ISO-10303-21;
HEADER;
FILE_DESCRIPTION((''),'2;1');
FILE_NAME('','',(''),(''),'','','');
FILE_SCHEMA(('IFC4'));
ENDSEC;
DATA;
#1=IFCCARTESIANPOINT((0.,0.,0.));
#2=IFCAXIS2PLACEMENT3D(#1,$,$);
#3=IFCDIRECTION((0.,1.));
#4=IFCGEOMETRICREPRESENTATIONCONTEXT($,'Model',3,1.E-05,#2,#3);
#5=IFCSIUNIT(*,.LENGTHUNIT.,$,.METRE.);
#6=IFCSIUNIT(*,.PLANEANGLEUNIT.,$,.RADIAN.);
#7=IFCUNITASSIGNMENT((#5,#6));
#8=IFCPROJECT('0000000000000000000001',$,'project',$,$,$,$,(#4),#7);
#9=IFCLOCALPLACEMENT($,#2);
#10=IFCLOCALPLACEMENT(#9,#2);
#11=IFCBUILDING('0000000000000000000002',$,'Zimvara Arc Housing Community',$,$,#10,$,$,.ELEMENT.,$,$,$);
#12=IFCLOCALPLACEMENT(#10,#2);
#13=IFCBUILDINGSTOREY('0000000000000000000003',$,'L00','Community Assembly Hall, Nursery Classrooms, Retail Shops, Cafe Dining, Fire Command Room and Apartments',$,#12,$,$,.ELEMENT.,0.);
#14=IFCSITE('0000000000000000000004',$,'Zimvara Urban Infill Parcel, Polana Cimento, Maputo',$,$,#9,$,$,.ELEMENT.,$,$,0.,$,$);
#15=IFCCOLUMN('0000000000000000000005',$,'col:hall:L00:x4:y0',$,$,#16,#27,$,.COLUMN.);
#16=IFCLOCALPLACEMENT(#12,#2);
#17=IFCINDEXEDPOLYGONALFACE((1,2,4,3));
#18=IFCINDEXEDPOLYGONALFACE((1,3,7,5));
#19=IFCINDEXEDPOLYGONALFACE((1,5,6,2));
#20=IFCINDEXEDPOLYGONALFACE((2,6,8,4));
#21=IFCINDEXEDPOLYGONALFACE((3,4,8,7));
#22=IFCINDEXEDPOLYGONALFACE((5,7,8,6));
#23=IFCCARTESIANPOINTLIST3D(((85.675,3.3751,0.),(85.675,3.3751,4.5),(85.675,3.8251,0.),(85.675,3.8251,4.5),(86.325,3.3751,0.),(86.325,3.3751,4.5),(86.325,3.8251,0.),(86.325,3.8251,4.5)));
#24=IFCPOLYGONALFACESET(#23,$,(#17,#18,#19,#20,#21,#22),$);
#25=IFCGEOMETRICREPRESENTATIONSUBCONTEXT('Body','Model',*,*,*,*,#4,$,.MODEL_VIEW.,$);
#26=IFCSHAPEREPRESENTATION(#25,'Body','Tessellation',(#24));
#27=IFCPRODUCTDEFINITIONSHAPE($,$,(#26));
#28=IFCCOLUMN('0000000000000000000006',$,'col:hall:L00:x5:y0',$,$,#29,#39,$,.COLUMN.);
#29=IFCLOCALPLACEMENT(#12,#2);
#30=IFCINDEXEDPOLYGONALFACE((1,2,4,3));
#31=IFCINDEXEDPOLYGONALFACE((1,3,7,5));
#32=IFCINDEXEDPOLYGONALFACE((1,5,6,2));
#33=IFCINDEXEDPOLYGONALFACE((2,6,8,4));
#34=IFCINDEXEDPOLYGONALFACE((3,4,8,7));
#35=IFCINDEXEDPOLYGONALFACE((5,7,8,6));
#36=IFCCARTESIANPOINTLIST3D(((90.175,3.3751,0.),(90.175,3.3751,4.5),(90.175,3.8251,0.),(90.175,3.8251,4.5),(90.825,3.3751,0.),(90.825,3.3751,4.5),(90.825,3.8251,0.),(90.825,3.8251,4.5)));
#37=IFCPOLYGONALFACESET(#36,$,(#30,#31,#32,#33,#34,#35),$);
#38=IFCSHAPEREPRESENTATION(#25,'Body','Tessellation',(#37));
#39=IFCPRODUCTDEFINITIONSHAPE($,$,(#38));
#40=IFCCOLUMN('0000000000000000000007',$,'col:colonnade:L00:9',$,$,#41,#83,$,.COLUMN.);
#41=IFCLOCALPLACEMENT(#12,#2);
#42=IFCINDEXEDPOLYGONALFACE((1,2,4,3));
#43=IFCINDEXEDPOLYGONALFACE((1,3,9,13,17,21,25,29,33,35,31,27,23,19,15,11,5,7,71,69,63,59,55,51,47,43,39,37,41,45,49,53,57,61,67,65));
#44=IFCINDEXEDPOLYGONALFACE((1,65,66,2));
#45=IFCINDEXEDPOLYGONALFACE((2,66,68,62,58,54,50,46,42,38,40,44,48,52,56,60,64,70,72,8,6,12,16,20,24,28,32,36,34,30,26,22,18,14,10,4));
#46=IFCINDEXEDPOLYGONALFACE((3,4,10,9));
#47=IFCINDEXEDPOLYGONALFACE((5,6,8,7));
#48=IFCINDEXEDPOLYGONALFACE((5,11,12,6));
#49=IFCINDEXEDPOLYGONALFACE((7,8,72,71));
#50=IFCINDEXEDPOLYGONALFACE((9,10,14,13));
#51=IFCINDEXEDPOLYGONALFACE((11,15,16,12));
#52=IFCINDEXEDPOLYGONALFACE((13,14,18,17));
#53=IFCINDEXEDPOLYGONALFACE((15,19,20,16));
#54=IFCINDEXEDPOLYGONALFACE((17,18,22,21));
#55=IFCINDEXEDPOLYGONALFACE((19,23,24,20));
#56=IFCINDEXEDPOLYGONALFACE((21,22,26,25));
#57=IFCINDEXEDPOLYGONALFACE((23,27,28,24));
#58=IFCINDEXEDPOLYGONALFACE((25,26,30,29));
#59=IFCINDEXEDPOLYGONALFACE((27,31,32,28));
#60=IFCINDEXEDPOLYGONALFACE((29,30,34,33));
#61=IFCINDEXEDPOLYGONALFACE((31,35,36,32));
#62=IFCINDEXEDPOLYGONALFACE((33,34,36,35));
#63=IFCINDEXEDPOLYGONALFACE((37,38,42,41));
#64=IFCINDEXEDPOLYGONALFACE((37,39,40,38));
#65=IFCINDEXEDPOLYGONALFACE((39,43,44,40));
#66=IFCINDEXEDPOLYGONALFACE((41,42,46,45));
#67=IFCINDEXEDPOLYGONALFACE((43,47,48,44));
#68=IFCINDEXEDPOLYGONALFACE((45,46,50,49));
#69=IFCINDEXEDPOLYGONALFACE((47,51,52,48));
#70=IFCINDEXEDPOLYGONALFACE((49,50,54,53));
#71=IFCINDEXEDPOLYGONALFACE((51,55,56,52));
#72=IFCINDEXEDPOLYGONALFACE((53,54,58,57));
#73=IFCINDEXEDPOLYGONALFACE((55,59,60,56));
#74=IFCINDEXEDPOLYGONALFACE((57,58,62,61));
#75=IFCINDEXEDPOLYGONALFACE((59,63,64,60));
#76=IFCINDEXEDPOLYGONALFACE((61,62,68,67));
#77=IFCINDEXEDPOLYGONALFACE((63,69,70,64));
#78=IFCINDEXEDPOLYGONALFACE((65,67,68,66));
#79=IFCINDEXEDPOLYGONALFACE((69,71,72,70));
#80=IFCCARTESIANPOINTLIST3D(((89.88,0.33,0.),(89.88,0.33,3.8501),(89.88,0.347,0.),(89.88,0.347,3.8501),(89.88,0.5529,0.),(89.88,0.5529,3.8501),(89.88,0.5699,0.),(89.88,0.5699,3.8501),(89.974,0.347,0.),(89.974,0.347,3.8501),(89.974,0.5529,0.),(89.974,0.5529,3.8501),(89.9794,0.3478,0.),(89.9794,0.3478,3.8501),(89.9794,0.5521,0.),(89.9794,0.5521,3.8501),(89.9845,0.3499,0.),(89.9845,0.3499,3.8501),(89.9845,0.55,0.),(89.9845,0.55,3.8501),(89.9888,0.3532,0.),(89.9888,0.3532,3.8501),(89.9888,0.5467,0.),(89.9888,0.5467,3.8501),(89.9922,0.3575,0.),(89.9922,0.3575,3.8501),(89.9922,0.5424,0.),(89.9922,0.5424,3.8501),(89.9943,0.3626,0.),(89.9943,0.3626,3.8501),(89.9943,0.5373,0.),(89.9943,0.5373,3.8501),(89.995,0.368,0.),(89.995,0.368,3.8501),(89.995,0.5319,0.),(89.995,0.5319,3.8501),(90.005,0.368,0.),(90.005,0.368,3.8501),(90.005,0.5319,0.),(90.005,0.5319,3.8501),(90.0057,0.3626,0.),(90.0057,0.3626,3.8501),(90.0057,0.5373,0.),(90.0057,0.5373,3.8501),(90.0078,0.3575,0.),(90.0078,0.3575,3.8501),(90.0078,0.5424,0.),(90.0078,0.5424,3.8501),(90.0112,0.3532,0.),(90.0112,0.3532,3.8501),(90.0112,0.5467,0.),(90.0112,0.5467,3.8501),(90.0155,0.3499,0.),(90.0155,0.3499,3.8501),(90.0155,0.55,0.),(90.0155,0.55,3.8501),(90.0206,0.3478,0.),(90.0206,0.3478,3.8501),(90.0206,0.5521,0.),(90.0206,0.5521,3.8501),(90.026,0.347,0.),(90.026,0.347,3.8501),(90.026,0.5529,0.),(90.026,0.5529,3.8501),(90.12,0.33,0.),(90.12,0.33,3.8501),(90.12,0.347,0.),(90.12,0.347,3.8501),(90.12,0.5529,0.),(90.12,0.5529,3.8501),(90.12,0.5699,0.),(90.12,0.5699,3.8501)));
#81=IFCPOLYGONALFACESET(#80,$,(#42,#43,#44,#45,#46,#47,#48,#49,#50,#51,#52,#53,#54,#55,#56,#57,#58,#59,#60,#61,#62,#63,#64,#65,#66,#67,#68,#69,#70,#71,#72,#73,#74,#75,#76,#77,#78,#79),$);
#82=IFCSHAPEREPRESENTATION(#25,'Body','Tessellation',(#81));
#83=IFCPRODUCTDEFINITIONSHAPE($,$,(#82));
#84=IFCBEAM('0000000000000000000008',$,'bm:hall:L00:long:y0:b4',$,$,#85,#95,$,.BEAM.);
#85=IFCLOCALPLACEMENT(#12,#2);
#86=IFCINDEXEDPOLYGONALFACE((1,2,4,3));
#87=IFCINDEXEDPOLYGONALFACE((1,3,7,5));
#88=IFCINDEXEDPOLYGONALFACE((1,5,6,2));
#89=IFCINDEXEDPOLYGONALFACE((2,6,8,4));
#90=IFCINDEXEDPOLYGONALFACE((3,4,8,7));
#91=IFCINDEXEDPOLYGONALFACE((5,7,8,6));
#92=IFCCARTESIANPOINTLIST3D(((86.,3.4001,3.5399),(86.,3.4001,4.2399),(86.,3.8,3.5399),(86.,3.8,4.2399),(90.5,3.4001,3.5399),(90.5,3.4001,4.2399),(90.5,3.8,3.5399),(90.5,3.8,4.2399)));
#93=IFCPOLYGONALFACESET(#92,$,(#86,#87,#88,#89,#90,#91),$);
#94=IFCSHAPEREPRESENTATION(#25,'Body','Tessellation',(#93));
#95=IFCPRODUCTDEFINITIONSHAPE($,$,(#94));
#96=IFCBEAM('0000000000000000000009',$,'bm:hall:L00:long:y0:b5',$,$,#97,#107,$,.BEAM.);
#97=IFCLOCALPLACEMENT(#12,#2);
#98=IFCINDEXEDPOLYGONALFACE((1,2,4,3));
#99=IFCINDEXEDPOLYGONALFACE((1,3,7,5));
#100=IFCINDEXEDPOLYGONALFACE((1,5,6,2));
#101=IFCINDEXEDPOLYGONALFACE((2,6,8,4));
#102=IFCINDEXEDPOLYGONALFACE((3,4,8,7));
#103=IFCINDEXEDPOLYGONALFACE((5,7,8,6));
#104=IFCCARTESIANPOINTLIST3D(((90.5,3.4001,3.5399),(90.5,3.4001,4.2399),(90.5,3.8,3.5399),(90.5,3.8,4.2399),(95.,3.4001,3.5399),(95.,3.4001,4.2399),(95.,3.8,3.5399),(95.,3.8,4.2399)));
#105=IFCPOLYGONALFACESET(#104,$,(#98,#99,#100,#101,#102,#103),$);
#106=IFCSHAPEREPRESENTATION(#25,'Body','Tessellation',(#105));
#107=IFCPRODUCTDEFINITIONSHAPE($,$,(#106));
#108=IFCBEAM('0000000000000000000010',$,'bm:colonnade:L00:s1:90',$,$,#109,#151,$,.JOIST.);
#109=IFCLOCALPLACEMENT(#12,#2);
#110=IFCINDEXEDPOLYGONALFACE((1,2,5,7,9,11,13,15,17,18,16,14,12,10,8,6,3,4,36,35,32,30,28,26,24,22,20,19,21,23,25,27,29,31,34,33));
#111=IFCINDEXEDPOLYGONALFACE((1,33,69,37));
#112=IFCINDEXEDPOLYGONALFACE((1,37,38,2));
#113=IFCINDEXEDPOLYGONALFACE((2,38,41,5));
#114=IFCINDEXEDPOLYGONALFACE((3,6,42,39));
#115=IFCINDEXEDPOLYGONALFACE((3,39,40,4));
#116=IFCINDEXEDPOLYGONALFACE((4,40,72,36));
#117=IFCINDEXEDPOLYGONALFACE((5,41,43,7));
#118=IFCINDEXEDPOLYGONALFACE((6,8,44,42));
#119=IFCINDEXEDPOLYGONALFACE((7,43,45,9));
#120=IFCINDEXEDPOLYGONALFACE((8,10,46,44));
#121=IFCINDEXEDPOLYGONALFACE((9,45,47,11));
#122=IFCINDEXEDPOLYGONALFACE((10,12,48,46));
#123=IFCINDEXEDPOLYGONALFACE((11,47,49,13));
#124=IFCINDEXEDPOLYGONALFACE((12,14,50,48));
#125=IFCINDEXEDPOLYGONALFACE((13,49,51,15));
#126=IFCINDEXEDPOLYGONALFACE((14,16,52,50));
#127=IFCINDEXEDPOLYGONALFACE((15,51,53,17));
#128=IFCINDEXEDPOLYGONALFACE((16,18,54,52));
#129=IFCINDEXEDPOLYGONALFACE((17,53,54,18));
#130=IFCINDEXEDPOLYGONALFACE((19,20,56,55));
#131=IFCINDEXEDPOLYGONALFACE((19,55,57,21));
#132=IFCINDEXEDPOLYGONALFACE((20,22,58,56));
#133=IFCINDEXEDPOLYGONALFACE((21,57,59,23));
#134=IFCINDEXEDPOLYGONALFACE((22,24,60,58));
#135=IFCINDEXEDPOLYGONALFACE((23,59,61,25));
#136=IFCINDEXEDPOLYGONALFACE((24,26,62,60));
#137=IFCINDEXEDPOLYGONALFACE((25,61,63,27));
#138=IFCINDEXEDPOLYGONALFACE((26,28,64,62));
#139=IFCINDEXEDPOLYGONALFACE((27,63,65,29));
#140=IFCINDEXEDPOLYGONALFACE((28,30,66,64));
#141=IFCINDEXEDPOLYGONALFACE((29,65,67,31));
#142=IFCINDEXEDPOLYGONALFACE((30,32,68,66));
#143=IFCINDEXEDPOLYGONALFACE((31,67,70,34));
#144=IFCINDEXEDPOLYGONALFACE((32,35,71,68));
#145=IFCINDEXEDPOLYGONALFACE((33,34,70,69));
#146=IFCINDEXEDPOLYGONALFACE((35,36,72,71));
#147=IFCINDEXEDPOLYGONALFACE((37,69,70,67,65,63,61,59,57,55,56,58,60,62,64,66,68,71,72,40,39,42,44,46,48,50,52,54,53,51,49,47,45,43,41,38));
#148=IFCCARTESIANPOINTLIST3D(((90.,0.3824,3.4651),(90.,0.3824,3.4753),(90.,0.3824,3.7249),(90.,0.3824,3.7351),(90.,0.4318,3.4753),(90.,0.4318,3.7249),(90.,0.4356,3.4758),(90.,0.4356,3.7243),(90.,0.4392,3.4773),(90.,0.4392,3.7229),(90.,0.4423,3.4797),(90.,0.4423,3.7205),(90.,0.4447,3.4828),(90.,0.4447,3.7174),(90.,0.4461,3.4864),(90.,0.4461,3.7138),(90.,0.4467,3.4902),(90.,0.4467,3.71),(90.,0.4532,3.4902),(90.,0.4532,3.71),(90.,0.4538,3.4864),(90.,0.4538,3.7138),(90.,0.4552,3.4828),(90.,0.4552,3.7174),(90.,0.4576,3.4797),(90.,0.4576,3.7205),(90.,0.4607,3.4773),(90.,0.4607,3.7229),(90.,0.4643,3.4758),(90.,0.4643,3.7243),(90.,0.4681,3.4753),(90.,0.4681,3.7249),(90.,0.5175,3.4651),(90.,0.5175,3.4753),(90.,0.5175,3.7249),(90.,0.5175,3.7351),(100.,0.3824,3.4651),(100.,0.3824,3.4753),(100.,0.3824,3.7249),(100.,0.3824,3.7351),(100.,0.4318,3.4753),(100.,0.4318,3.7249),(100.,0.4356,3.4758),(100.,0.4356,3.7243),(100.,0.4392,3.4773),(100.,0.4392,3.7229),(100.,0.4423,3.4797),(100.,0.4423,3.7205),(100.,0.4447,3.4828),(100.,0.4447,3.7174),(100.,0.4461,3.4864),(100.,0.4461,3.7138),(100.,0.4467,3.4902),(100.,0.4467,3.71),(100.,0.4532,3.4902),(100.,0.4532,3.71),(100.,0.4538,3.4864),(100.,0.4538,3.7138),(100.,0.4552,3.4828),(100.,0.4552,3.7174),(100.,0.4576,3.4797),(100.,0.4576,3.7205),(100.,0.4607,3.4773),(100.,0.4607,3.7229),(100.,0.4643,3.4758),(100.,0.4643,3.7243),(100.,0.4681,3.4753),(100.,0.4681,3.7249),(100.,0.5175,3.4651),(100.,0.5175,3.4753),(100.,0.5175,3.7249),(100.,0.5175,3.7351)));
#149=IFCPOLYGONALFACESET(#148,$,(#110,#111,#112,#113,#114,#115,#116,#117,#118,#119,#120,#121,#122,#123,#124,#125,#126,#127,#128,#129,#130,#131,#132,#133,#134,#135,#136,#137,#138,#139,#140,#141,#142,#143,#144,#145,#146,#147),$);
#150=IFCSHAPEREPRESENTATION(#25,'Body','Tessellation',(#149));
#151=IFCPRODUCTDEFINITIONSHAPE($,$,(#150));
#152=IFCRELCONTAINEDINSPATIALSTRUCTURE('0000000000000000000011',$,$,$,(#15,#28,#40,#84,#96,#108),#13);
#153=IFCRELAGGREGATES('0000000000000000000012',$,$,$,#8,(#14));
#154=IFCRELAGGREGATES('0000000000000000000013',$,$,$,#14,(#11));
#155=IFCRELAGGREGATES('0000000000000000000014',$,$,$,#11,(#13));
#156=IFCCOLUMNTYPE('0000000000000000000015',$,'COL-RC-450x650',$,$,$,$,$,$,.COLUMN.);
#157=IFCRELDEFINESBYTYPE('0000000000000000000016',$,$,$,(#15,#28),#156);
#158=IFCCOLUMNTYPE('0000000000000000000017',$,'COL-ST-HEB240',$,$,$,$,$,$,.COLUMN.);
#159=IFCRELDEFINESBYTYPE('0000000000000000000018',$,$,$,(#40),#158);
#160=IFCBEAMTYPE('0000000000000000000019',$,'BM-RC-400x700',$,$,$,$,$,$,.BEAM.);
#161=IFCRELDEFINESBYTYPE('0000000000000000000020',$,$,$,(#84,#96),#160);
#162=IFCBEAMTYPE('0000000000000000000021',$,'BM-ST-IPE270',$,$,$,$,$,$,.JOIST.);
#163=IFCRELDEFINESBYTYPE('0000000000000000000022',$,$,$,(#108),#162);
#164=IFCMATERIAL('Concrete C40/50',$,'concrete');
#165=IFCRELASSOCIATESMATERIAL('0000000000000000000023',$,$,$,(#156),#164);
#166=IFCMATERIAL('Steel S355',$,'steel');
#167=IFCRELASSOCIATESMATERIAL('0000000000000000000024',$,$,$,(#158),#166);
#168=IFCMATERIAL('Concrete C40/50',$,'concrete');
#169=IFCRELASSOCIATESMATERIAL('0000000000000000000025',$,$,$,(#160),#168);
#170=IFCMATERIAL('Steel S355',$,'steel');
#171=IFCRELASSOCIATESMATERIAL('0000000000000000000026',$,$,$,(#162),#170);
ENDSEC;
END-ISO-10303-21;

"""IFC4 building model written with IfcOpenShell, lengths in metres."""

from ifc_helpers import new_model, si_unit, direction, frame, origin, origin_2d, place, context, subcontext, project, spatial, rectangle, i_section, extrude, material, material_profile, profile_set, type_object, element, save


model = new_model("IFC4")

# Units and contexts
model_context = context("Model", 3, precision=1e-05, world=origin(), true_north=direction((0.0, 1.0)))
body_context = subcontext(model_context, "Body", "Model", "MODEL_VIEW")
ifc_project = project(units=[si_unit("LENGTHUNIT", "METRE"), si_unit("PLANEANGLEUNIT", "RADIAN")], contexts=[model_context])

# Site, building, storey
site_placement = place(None, origin())
site = spatial("IfcSite", under=ifc_project, at=site_placement, Name="Zimvara Urban Infill Parcel, Polana Cimento, Maputo", CompositionType="ELEMENT", RefElevation=0.0)
building_placement = place(site_placement, origin())
building = spatial("IfcBuilding", under=site, at=building_placement, Name="Zimvara Arc Housing Community", CompositionType="ELEMENT")
storey_placement = place(building_placement, origin())
storey = spatial("IfcBuildingStorey", under=building, at=storey_placement, Name="L00", Description="Community Assembly Hall, Nursery Classrooms, Retail Shops, Cafe Dining, Fire Command Room and Apartments", CompositionType="ELEMENT", Elevation=0.0)

# Columns
ifc_material_1 = material(Name="Concrete C40/50", Category="concrete")
ifc_material_profile_1 = material_profile(ifc_material_1, rectangle(XDim=0.45, YDim=0.6499, at=origin_2d()), Name="RC 450x650")
ifc_profile_set_1 = profile_set([ifc_material_profile_1], Name="Concrete C40/50")
column_type_1 = type_object("IfcColumnType", Name="COL-RC-450x650", PredefinedType="COLUMN", material=ifc_profile_set_1)
for number, where, z_axis, x_axis, name in (
    (1, (86.0, 3.6001, 0.0), (0.0, 0.0, 1.0), (0.0, 1.0, 0.0), "col:hall:L00:x4:y0"),
    (2, (90.5, 3.6001, 0.0), (0.0, 0.0, 1.0), (0.0, 1.0, 0.0), "col:hall:L00:x5:y0"),
):
    element("IfcColumn", number, at=place(storey_placement, frame(where, z_axis=z_axis, x_axis=x_axis)), inside=storey, type_object=column_type_1, Name=name, PredefinedType="COLUMN", context=body_context, shape_type="SweptSolid", body=[
        extrude(rectangle(XDim=0.45, YDim=0.6499, at=origin_2d()), origin(), (0.0, 0.0, 1.0), 4.5),
    ])
ifc_material_2 = material(Name="Steel S355", Category="steel")
ifc_material_profile_2 = material_profile(ifc_material_2, i_section(OverallWidth=0.24, OverallDepth=0.24, WebThickness=0.01, FlangeThickness=0.0171, FilletRadius=0.021, at=origin_2d()), Name="HEB 240")
ifc_profile_set_2 = profile_set([ifc_material_profile_2], Name="Steel S355")
column_type_2 = type_object("IfcColumnType", Name="COL-ST-HEB240", PredefinedType="COLUMN", material=ifc_profile_set_2)
column_placement = place(storey_placement, frame((90.0, 0.45, 0.0), z_axis=(0.0, 0.0, 1.0), x_axis=(1.0, 0.0, 0.0)))
element("IfcColumn", 3, at=column_placement, inside=storey, type_object=column_type_2, Name="col:colonnade:L00:9", PredefinedType="COLUMN", context=body_context, shape_type="SweptSolid", body=[
    extrude(i_section(OverallWidth=0.24, OverallDepth=0.24, WebThickness=0.01, FlangeThickness=0.0171, FilletRadius=0.021, at=origin_2d()), origin(), (0.0, 0.0, 1.0), 3.8501),
])

# Beams
ifc_material_3 = material(Name="Concrete C40/50", Category="concrete")
ifc_material_profile_3 = material_profile(ifc_material_3, rectangle(XDim=0.3999, YDim=0.7, at=origin_2d()), Name="RC 400x700")
ifc_profile_set_3 = profile_set([ifc_material_profile_3], Name="Concrete C40/50")
beam_type_1 = type_object("IfcBeamType", Name="BM-RC-400x700", PredefinedType="BEAM", material=ifc_profile_set_3)
for number, where, z_axis, x_axis, name in (
    (4, (86.0, 3.6001, 3.8899), (1.0, 0.0, 0.0), (0.0, 1.0, 0.0), "bm:hall:L00:long:y0:b4"),
    (5, (90.5, 3.6001, 3.8899), (1.0, 0.0, 0.0), (0.0, 1.0, 0.0), "bm:hall:L00:long:y0:b5"),
):
    element("IfcBeam", number, at=place(storey_placement, frame(where, z_axis=z_axis, x_axis=x_axis)), inside=storey, type_object=beam_type_1, Name=name, PredefinedType="BEAM", context=body_context, shape_type="SweptSolid", body=[
        extrude(rectangle(XDim=0.3999, YDim=0.7, at=origin_2d()), origin(), (0.0, 0.0, 1.0), 4.5),
    ])
ifc_material_4 = material(Name="Steel S355", Category="steel")
ifc_material_profile_4 = material_profile(ifc_material_4, i_section(OverallWidth=0.135, OverallDepth=0.27, WebThickness=0.0066, FlangeThickness=0.0103, FilletRadius=0.0149, at=origin_2d()), Name="IPE 270")
ifc_profile_set_4 = profile_set([ifc_material_profile_4], Name="Steel S355")
beam_type_2 = type_object("IfcBeamType", Name="BM-ST-IPE270", PredefinedType="JOIST", material=ifc_profile_set_4)
beam_placement = place(storey_placement, frame((90.0, 0.45, 3.6001), z_axis=(1.0, 0.0, 0.0), x_axis=(0.0, 1.0, 0.0)))
element("IfcBeam", 6, at=beam_placement, inside=storey, type_object=beam_type_2, Name="bm:colonnade:L00:s1:90", PredefinedType="JOIST", context=body_context, shape_type="SweptSolid", body=[
    extrude(i_section(OverallWidth=0.135, OverallDepth=0.27, WebThickness=0.0066, FlangeThickness=0.0103, FilletRadius=0.0149, at=origin_2d()), origin(), (0.0, 0.0, 1.0), 10.0),
])

save(model, "model.ifc")
